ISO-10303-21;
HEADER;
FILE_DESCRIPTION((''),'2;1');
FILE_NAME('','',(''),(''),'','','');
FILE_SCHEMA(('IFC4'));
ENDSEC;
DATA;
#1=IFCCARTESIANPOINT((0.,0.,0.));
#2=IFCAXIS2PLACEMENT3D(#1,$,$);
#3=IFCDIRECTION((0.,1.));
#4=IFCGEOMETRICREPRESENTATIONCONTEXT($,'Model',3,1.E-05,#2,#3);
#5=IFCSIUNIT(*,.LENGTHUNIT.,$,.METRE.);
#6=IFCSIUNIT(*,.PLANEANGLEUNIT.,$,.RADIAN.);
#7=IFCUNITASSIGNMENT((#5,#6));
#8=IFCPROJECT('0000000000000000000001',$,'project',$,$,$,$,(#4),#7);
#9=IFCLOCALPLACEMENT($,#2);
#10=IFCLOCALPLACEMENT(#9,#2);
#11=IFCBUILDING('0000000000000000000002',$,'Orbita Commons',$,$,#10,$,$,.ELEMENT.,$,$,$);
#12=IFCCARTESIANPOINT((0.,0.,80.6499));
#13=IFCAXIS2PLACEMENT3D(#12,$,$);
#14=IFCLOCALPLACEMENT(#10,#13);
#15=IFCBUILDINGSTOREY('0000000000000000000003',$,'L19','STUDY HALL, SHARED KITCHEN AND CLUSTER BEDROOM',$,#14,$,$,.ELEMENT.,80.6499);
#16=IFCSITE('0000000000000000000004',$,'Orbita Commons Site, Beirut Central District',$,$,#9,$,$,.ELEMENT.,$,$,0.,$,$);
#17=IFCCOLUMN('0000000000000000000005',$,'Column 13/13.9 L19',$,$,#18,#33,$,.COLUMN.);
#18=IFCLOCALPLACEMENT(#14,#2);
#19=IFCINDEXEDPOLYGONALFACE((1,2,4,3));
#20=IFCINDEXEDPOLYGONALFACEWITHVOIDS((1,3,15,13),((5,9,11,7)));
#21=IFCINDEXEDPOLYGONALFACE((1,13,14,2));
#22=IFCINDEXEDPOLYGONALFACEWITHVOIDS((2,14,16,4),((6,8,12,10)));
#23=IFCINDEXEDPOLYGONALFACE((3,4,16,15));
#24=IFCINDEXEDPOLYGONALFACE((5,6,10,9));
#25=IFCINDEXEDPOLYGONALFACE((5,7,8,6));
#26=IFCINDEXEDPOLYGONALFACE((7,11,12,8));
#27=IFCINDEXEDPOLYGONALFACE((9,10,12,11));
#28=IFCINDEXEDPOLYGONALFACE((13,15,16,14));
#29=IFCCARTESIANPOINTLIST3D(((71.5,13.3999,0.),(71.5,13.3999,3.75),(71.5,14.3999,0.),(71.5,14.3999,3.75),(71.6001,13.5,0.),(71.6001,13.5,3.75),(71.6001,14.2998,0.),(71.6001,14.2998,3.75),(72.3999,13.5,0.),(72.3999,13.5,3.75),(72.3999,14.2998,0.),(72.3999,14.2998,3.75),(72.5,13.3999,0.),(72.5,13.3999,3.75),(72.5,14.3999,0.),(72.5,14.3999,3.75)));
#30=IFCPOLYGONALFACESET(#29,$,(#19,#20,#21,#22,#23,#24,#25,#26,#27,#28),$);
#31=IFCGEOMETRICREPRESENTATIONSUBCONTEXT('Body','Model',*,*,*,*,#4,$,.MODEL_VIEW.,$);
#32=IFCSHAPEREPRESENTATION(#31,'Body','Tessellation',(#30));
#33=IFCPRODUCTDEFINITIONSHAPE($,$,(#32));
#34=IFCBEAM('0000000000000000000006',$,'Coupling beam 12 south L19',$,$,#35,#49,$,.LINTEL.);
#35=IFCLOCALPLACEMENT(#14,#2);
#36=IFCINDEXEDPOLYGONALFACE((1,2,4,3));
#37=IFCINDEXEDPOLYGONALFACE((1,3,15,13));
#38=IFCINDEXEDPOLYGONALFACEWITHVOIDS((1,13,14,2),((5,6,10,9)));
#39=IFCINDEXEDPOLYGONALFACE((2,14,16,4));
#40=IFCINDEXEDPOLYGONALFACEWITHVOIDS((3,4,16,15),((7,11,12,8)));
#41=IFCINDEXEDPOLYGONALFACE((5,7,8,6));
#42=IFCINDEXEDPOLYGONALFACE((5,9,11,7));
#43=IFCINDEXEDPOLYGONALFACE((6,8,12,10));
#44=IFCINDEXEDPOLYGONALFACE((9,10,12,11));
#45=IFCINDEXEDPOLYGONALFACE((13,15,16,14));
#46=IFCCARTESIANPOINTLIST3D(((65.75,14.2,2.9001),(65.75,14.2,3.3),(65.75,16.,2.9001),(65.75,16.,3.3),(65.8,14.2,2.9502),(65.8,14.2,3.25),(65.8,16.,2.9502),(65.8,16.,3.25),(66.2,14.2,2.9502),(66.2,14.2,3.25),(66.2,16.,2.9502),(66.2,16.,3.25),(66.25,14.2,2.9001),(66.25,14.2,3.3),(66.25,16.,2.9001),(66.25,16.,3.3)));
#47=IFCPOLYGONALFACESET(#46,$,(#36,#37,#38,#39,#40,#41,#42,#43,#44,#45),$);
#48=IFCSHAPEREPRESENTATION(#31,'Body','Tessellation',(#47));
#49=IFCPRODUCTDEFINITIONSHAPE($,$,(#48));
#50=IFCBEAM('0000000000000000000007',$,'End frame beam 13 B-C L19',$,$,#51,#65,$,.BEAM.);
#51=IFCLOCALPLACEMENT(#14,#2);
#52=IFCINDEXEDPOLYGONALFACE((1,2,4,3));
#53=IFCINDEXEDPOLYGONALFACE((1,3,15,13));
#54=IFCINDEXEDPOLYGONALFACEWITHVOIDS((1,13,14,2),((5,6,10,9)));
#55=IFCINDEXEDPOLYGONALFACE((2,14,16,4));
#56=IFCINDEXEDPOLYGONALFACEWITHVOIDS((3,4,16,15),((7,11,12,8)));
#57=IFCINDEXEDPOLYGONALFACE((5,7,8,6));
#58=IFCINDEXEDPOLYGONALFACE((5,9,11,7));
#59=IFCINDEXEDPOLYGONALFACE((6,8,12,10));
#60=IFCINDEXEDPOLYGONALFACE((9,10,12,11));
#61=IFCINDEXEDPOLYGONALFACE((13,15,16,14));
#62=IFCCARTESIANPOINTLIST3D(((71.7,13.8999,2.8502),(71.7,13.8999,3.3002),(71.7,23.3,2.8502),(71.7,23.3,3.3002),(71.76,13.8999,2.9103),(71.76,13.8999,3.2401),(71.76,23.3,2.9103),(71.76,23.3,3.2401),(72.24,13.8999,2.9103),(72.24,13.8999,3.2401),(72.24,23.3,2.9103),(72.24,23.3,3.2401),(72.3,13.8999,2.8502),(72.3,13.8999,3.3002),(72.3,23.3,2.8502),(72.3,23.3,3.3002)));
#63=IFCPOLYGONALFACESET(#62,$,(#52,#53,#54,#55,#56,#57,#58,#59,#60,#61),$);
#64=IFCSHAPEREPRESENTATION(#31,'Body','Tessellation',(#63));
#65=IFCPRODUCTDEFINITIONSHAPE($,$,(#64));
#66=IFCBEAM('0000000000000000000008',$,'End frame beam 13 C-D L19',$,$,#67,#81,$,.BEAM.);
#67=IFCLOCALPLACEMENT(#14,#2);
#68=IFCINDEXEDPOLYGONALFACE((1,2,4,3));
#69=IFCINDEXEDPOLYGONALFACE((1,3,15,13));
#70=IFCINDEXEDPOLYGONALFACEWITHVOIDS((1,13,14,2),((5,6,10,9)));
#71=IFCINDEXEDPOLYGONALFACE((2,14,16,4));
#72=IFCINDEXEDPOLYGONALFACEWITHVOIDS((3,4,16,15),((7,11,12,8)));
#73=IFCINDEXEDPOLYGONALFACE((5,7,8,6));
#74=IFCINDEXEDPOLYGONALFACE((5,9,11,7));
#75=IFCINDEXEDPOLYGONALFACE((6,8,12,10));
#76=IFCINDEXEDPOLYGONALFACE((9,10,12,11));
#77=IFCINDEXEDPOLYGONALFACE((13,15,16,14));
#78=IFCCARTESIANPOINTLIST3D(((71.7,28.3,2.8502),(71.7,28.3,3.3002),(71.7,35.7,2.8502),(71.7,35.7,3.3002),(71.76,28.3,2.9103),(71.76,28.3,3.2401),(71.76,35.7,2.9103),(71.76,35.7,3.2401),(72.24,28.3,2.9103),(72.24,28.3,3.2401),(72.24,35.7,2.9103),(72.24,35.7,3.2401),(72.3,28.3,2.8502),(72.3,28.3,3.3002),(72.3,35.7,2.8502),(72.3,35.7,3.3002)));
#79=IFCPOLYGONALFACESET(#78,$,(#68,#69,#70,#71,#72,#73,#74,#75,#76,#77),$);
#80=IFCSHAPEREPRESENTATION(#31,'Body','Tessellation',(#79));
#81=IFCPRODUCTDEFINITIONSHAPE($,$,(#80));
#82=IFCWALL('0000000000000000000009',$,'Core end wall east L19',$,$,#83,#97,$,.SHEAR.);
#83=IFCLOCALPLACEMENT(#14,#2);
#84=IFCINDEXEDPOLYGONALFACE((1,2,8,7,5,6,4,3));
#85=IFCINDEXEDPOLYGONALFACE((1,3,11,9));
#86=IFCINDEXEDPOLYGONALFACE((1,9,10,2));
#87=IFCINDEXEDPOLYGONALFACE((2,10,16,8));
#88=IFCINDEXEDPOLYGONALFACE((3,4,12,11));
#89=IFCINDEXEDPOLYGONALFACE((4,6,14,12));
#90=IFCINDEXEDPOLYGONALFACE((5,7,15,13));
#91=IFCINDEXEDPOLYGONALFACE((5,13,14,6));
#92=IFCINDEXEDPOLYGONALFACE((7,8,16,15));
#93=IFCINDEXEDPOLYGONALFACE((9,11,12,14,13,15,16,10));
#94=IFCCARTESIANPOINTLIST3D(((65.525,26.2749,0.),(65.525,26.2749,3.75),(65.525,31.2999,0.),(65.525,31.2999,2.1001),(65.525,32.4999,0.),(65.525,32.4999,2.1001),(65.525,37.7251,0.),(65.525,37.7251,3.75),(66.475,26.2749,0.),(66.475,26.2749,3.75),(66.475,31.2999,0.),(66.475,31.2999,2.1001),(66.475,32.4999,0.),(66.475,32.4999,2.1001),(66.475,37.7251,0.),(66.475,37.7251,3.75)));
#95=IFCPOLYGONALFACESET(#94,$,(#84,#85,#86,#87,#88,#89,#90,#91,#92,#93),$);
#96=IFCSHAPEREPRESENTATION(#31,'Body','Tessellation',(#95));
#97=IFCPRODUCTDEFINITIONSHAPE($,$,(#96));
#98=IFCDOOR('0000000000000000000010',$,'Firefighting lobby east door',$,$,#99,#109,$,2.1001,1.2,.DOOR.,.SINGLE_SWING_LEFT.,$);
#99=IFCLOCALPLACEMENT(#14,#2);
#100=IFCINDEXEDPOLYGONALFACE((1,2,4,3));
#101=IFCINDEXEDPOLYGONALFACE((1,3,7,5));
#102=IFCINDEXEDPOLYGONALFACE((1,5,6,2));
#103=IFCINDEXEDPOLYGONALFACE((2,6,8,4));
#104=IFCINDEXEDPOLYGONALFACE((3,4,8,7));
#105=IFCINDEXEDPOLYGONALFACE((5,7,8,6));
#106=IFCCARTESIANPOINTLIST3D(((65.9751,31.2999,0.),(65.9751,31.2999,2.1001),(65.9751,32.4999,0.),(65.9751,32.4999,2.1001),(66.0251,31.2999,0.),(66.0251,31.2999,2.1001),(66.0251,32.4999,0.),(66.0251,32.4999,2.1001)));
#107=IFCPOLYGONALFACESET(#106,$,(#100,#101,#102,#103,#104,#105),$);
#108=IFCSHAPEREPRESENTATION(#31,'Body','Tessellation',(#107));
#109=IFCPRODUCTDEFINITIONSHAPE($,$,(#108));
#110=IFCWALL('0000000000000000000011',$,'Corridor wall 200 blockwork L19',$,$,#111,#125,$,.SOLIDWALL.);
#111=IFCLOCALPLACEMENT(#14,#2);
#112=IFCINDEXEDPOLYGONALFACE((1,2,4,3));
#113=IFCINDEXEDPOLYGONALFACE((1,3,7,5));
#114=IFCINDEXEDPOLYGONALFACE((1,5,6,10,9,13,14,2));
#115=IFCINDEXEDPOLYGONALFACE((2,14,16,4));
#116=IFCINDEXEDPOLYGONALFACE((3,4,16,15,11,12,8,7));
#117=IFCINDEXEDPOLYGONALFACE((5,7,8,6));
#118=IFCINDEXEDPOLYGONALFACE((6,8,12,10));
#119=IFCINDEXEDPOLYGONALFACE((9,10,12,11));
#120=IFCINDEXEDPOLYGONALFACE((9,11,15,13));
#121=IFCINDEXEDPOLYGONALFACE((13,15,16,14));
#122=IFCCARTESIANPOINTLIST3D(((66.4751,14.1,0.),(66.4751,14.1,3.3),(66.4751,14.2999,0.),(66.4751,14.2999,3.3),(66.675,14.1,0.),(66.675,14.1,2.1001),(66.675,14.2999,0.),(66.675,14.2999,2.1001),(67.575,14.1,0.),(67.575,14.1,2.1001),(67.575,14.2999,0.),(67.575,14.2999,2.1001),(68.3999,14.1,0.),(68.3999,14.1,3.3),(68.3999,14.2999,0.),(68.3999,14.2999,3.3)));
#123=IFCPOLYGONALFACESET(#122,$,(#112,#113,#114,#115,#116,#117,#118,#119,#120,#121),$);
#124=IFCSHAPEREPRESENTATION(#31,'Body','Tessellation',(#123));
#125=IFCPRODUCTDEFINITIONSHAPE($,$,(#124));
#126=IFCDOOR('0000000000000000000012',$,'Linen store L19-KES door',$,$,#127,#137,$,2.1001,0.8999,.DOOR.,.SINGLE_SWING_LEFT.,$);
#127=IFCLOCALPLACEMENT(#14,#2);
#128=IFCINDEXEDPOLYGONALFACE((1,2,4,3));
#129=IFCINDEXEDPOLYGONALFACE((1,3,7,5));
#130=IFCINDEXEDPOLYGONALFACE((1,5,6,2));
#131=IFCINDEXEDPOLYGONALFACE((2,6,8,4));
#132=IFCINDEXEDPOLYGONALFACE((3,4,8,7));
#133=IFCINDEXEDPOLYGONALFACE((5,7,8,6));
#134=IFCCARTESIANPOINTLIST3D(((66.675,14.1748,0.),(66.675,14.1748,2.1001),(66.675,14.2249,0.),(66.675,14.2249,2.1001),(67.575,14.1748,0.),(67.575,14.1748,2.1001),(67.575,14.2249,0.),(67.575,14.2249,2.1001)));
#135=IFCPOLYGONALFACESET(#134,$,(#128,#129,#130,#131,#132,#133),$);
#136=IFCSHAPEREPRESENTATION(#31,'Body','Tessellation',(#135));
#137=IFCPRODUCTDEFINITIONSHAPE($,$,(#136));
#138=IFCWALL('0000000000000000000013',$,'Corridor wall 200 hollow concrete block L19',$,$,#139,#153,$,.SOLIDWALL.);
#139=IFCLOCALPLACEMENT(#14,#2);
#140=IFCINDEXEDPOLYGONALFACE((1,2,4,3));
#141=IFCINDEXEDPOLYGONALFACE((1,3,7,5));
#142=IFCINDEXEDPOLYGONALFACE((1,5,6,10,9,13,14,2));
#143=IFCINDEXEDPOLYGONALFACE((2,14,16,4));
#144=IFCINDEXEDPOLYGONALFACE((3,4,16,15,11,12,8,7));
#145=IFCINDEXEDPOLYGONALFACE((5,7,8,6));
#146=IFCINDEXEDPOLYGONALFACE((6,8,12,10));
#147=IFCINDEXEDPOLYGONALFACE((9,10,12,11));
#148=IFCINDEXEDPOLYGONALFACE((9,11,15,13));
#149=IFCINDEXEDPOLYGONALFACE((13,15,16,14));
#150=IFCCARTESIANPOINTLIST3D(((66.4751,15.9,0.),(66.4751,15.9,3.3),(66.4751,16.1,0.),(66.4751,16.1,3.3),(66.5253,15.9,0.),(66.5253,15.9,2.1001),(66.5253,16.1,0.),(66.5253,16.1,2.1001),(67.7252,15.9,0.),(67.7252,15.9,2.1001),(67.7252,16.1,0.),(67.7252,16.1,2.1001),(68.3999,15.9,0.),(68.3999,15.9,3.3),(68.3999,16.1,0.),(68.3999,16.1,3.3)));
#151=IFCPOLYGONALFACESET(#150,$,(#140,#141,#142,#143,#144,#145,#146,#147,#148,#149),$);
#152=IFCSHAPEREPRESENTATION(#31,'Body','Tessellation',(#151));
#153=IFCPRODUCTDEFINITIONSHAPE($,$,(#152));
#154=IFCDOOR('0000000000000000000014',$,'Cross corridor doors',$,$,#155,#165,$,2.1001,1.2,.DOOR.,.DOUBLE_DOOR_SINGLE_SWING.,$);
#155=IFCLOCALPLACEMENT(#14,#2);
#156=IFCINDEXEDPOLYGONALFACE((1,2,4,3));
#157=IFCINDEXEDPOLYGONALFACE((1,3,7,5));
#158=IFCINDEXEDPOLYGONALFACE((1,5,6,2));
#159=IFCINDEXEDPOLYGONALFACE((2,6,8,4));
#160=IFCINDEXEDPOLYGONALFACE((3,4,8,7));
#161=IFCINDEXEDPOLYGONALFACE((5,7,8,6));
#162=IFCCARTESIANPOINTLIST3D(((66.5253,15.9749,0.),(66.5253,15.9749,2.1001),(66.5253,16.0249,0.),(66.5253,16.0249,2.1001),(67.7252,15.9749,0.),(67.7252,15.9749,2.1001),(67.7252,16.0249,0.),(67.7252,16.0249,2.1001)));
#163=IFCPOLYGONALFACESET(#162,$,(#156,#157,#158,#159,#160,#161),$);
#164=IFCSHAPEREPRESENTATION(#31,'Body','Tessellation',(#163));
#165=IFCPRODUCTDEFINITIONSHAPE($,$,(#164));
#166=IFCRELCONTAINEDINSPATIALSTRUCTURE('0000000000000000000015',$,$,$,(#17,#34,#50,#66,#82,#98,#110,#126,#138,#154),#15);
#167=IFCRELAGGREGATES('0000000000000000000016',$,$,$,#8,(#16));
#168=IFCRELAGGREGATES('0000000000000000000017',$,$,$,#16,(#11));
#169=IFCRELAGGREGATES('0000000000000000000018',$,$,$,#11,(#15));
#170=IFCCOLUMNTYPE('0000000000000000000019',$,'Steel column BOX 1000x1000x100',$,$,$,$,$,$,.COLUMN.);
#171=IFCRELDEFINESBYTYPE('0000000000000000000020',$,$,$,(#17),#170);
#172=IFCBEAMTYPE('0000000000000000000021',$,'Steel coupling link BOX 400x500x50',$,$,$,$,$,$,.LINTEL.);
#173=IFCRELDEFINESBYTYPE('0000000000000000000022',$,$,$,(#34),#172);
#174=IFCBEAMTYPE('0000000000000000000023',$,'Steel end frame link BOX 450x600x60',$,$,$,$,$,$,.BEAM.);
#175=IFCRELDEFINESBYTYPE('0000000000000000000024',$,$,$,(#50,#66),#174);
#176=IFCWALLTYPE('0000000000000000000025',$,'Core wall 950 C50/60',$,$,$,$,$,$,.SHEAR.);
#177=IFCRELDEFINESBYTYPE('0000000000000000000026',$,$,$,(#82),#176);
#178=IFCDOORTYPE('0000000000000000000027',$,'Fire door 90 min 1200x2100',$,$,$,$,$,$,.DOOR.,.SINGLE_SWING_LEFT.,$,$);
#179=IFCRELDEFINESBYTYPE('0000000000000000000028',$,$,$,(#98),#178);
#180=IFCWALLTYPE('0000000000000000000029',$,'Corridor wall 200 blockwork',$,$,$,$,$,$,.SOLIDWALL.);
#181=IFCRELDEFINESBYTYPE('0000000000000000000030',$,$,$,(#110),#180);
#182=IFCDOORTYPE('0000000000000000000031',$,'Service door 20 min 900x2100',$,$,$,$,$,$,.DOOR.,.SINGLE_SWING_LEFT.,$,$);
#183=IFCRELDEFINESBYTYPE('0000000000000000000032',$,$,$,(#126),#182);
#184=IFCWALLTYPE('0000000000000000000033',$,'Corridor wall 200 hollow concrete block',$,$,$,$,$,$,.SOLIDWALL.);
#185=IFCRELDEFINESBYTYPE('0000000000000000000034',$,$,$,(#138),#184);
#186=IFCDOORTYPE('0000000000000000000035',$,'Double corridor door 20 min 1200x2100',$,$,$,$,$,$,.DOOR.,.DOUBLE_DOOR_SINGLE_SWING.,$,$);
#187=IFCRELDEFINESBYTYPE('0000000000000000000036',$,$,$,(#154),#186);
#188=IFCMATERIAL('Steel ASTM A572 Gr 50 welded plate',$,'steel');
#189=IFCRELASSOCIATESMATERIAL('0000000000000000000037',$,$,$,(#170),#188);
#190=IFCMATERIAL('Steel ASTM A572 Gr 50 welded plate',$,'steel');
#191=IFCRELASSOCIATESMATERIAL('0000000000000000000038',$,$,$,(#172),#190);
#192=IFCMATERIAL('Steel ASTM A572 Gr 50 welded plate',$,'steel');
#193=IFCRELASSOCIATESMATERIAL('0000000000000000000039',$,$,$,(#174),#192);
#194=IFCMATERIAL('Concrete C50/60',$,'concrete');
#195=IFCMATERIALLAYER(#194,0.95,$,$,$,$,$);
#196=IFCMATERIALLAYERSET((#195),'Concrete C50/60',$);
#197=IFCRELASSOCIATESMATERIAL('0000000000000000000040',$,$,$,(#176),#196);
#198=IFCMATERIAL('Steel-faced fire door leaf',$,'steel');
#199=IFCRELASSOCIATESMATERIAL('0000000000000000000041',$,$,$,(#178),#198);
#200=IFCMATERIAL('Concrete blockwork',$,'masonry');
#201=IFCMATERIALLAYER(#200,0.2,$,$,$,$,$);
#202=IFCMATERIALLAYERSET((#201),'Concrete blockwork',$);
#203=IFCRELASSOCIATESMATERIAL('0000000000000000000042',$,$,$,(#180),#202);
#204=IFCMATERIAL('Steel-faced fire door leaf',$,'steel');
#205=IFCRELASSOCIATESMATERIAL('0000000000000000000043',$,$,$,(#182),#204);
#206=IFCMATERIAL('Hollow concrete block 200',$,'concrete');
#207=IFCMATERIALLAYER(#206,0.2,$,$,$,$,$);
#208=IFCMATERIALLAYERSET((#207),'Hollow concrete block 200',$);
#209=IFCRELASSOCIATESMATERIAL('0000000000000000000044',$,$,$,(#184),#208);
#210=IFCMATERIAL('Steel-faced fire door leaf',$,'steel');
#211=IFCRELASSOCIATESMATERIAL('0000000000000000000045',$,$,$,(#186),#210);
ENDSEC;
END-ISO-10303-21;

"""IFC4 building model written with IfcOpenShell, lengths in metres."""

from ifc_helpers import new_model, si_unit, direction, frame, frame_2d, origin, origin_2d, place, context, subcontext, project, spatial, rectangle, hollow_rectangle, extrude, material, layer, layer_set, material_profile, profile_set, type_object, element, fill, save


model = new_model("IFC4")

# Units and contexts
model_context = context("Model", 3, precision=1e-05, world=origin(), true_north=direction((0.0, 1.0)))
body_context = subcontext(model_context, "Body", "Model", "MODEL_VIEW")
ifc_project = project(units=[si_unit("LENGTHUNIT", "METRE"), si_unit("PLANEANGLEUNIT", "RADIAN")], contexts=[model_context])

# Site, building, storey
site_placement = place(None, origin())
site = spatial("IfcSite", under=ifc_project, at=site_placement, Name="Orbita Commons Site, Beirut Central District", CompositionType="ELEMENT", RefElevation=0.0)
building_placement = place(site_placement, origin())
building = spatial("IfcBuilding", under=site, at=building_placement, Name="Orbita Commons", CompositionType="ELEMENT")
storey_placement = place(building_placement, frame((0.0, 0.0, 80.6499)))
storey = spatial("IfcBuildingStorey", under=building, at=storey_placement, Name="L19", Description="STUDY HALL, SHARED KITCHEN AND CLUSTER BEDROOM", CompositionType="ELEMENT", Elevation=80.6499)

# Column
ifc_material_1 = material(Name="Steel ASTM A572 Gr 50 welded plate", Category="steel")
ifc_material_profile_1 = material_profile(ifc_material_1, hollow_rectangle(XDim=1.0, YDim=1.0, WallThickness=0.1001, at=origin_2d()), Name="BOX 1000x1000x100")
ifc_profile_set_1 = profile_set([ifc_material_profile_1], Name="Steel ASTM A572 Gr 50 welded plate")
column_type = type_object("IfcColumnType", Name="Steel column BOX 1000x1000x100", PredefinedType="COLUMN", material=ifc_profile_set_1)
column_placement = place(storey_placement, frame((72.0, 13.8999, 0.0), z_axis=(0.0, 0.0, 1.0), x_axis=(1.0, 0.0, 0.0)))
element("IfcColumn", 1, at=column_placement, inside=storey, type_object=column_type, Name="Column 13/13.9 L19", PredefinedType="COLUMN", context=body_context, shape_type="SweptSolid", body=[
    extrude(hollow_rectangle(XDim=1.0, YDim=1.0, WallThickness=0.1001, at=origin_2d()), origin(), (0.0, 0.0, 1.0), 3.75),
])

# Beams
ifc_material_2 = material(Name="Steel ASTM A572 Gr 50 welded plate", Category="steel")
ifc_material_profile_2 = material_profile(ifc_material_2, hollow_rectangle(XDim=0.5, YDim=0.3999, WallThickness=0.05, at=origin_2d()), Name="BOX 400x500x50")
ifc_profile_set_2 = profile_set([ifc_material_profile_2], Name="Steel ASTM A572 Gr 50 welded plate")
beam_type_1 = type_object("IfcBeamType", Name="Steel coupling link BOX 400x500x50", PredefinedType="LINTEL", material=ifc_profile_set_2)
beam_1_placement = place(storey_placement, frame((66.0, 14.2, 3.1001), z_axis=(0.0, 1.0, 0.0), x_axis=(-1.0, 0.0, 0.0)))
element("IfcBeam", 2, at=beam_1_placement, inside=storey, type_object=beam_type_1, Name="Coupling beam 12 south L19", PredefinedType="LINTEL", context=body_context, shape_type="SweptSolid", body=[
    extrude(hollow_rectangle(XDim=0.5, YDim=0.3999, WallThickness=0.05, at=origin_2d()), origin(), (0.0, 0.0, 1.0), 1.8),
])
ifc_material_3 = material(Name="Steel ASTM A572 Gr 50 welded plate", Category="steel")
ifc_material_profile_3 = material_profile(ifc_material_3, hollow_rectangle(XDim=0.6001, YDim=0.45, WallThickness=0.0601, at=origin_2d()), Name="BOX 450x600x60")
ifc_profile_set_3 = profile_set([ifc_material_profile_3], Name="Steel ASTM A572 Gr 50 welded plate")
beam_type_2 = type_object("IfcBeamType", Name="Steel end frame link BOX 450x600x60", PredefinedType="BEAM", material=ifc_profile_set_3)
beam_2_placement = place(storey_placement, frame((72.0, 13.8999, 3.0752), z_axis=(0.0, 1.0, 0.0), x_axis=(-1.0, 0.0, 0.0)))
element("IfcBeam", 3, at=beam_2_placement, inside=storey, type_object=beam_type_2, Name="End frame beam 13 B-C L19", PredefinedType="BEAM", context=body_context, shape_type="SweptSolid", body=[
    extrude(hollow_rectangle(XDim=0.6001, YDim=0.45, WallThickness=0.0601, at=origin_2d()), origin(), (0.0, 0.0, 1.0), 9.4001),
])
beam_3_placement = place(storey_placement, frame((72.0, 28.3, 3.0752), z_axis=(0.0, 1.0, 0.0), x_axis=(-1.0, 0.0, 0.0)))
element("IfcBeam", 4, at=beam_3_placement, inside=storey, type_object=beam_type_2, Name="End frame beam 13 C-D L19", PredefinedType="BEAM", context=body_context, shape_type="SweptSolid", body=[
    extrude(hollow_rectangle(XDim=0.6001, YDim=0.45, WallThickness=0.0601, at=origin_2d()), origin(), (0.0, 0.0, 1.0), 7.3999),
])

# Walls, openings, doors
ifc_material_4 = material(Name="Concrete C50/60", Category="concrete")
ifc_layer_1 = layer(ifc_material_4, 0.95)
ifc_layer_set_1 = layer_set([ifc_layer_1], Name="Concrete C50/60")
wall_type_1 = type_object("IfcWallType", Name="Core wall 950 C50/60", PredefinedType="SHEAR", material=ifc_layer_set_1)
wall_1_placement = place(storey_placement, frame((66.0, 26.2749, 0.0), z_axis=(0.0, 0.0, 1.0), x_axis=(0.0, 1.0, 0.0)))
wall_1 = element("IfcWall", 5, at=wall_1_placement, inside=storey, type_object=wall_type_1, Name="Core end wall east L19", PredefinedType="SHEAR", context=body_context, shape_type="SweptSolid", body=[
    extrude(rectangle(XDim=11.4502, YDim=0.95, at=frame_2d((5.7251, 0.0))), origin(), (0.0, 0.0, 1.0), 3.75),
])
opening_1_placement = place(wall_1_placement, frame((5.0249, 0.0, 0.0)))
opening_1 = element("IfcOpeningElement", 6, at=opening_1_placement, cuts=wall_1, PredefinedType="OPENING", context=body_context, shape_type="SweptSolid", body=[
    extrude(rectangle(XDim=1.2, YDim=2.1001, at=frame_2d((0.6001, 1.05))), frame((0.0, 0.4849, 0.0), z_axis=(0.0, -1.0, 0.0), x_axis=(1.0, 0.0, 0.0)), (0.0, 0.0, 1.0), 0.97),
])
ifc_material_5 = material(Name="Steel-faced fire door leaf", Category="steel")
door_type_1 = type_object("IfcDoorType", Name="Fire door 90 min 1200x2100", OperationType="SINGLE_SWING_LEFT", PredefinedType="DOOR", material=ifc_material_5)
door_1_placement = place(opening_1_placement, origin())
door_1 = element("IfcDoor", 7, at=door_1_placement, inside=storey, type_object=door_type_1, Name="Firefighting lobby east door", OperationType="SINGLE_SWING_LEFT", OverallHeight=2.1001, OverallWidth=1.2, PredefinedType="DOOR", context=body_context, shape_type="SweptSolid", body=[
    extrude(rectangle(XDim=1.2, YDim=2.1001, at=frame_2d((0.6001, 1.05))), frame((0.0, 0.0249, 0.0), z_axis=(0.0, -1.0, 0.0), x_axis=(1.0, 0.0, 0.0)), (0.0, 0.0, 1.0), 0.05),
])
fill(opening_1, door_1)
ifc_material_6 = material(Name="Concrete blockwork", Category="masonry")
ifc_layer_2 = layer(ifc_material_6, 0.2)
ifc_layer_set_2 = layer_set([ifc_layer_2], Name="Concrete blockwork")
wall_type_2 = type_object("IfcWallType", Name="Corridor wall 200 blockwork", PredefinedType="SOLIDWALL", material=ifc_layer_set_2)
wall_2_placement = place(storey_placement, frame((66.4751, 14.2, 0.0), z_axis=(0.0, 0.0, 1.0), x_axis=(1.0, 0.0, 0.0)))
wall_2 = element("IfcWall", 8, at=wall_2_placement, inside=storey, type_object=wall_type_2, Name="Corridor wall 200 blockwork L19", PredefinedType="SOLIDWALL", context=body_context, shape_type="SweptSolid", body=[
    extrude(rectangle(XDim=1.9248, YDim=0.2, at=frame_2d((0.9624, 0.0))), origin(), (0.0, 0.0, 1.0), 3.3),
])
opening_2_placement = place(wall_2_placement, frame((0.2, 0.0, 0.0)))
opening_2 = element("IfcOpeningElement", 9, at=opening_2_placement, cuts=wall_2, PredefinedType="OPENING", context=body_context, shape_type="SweptSolid", body=[
    extrude(rectangle(XDim=0.8999, YDim=2.1001, at=frame_2d((0.45, 1.05))), frame((0.0, 0.1099, 0.0), z_axis=(0.0, -1.0, 0.0), x_axis=(1.0, 0.0, 0.0)), (0.0, 0.0, 1.0), 0.22),
])
ifc_material_7 = material(Name="Steel-faced fire door leaf", Category="steel")
door_type_2 = type_object("IfcDoorType", Name="Service door 20 min 900x2100", OperationType="SINGLE_SWING_LEFT", PredefinedType="DOOR", material=ifc_material_7)
door_2_placement = place(opening_2_placement, origin())
door_2 = element("IfcDoor", 10, at=door_2_placement, inside=storey, type_object=door_type_2, Name="Linen store L19-KES door", OperationType="SINGLE_SWING_LEFT", OverallHeight=2.1001, OverallWidth=0.8999, PredefinedType="DOOR", context=body_context, shape_type="SweptSolid", body=[
    extrude(rectangle(XDim=0.8999, YDim=2.1001, at=frame_2d((0.45, 1.05))), frame((0.0, 0.0249, 0.0), z_axis=(0.0, -1.0, 0.0), x_axis=(1.0, 0.0, 0.0)), (0.0, 0.0, 1.0), 0.05),
])
fill(opening_2, door_2)
ifc_material_8 = material(Name="Hollow concrete block 200", Category="concrete")
ifc_layer_3 = layer(ifc_material_8, 0.2)
ifc_layer_set_3 = layer_set([ifc_layer_3], Name="Hollow concrete block 200")
wall_type_3 = type_object("IfcWallType", Name="Corridor wall 200 hollow concrete block", PredefinedType="SOLIDWALL", material=ifc_layer_set_3)
wall_3_placement = place(storey_placement, frame((66.4751, 16.0, 0.0), z_axis=(0.0, 0.0, 1.0), x_axis=(1.0, 0.0, 0.0)))
wall_3 = element("IfcWall", 11, at=wall_3_placement, inside=storey, type_object=wall_type_3, Name="Corridor wall 200 hollow concrete block L19", PredefinedType="SOLIDWALL", context=body_context, shape_type="SweptSolid", body=[
    extrude(rectangle(XDim=1.9248, YDim=0.2, at=frame_2d((0.9624, 0.0))), origin(), (0.0, 0.0, 1.0), 3.3),
])
opening_3_placement = place(wall_3_placement, frame((0.05, 0.0, 0.0)))
opening_3 = element("IfcOpeningElement", 12, at=opening_3_placement, cuts=wall_3, PredefinedType="OPENING", context=body_context, shape_type="SweptSolid", body=[
    extrude(rectangle(XDim=1.2, YDim=2.1001, at=frame_2d((0.6001, 1.05))), frame((0.0, 0.1099, 0.0), z_axis=(0.0, -1.0, 0.0), x_axis=(1.0, 0.0, 0.0)), (0.0, 0.0, 1.0), 0.22),
])
ifc_material_9 = material(Name="Steel-faced fire door leaf", Category="steel")
door_type_3 = type_object("IfcDoorType", Name="Double corridor door 20 min 1200x2100", OperationType="DOUBLE_DOOR_SINGLE_SWING", PredefinedType="DOOR", material=ifc_material_9)
door_3_placement = place(opening_3_placement, origin())
door_3 = element("IfcDoor", 13, at=door_3_placement, inside=storey, type_object=door_type_3, Name="Cross corridor doors", OperationType="DOUBLE_DOOR_SINGLE_SWING", OverallHeight=2.1001, OverallWidth=1.2, PredefinedType="DOOR", context=body_context, shape_type="SweptSolid", body=[
    extrude(rectangle(XDim=1.2, YDim=2.1001, at=frame_2d((0.6001, 1.05))), frame((0.0, 0.0249, 0.0), z_axis=(0.0, -1.0, 0.0), x_axis=(1.0, 0.0, 0.0)), (0.0, 0.0, 1.0), 0.05),
])
fill(opening_3, door_3)

save(model, "model.ifc")
